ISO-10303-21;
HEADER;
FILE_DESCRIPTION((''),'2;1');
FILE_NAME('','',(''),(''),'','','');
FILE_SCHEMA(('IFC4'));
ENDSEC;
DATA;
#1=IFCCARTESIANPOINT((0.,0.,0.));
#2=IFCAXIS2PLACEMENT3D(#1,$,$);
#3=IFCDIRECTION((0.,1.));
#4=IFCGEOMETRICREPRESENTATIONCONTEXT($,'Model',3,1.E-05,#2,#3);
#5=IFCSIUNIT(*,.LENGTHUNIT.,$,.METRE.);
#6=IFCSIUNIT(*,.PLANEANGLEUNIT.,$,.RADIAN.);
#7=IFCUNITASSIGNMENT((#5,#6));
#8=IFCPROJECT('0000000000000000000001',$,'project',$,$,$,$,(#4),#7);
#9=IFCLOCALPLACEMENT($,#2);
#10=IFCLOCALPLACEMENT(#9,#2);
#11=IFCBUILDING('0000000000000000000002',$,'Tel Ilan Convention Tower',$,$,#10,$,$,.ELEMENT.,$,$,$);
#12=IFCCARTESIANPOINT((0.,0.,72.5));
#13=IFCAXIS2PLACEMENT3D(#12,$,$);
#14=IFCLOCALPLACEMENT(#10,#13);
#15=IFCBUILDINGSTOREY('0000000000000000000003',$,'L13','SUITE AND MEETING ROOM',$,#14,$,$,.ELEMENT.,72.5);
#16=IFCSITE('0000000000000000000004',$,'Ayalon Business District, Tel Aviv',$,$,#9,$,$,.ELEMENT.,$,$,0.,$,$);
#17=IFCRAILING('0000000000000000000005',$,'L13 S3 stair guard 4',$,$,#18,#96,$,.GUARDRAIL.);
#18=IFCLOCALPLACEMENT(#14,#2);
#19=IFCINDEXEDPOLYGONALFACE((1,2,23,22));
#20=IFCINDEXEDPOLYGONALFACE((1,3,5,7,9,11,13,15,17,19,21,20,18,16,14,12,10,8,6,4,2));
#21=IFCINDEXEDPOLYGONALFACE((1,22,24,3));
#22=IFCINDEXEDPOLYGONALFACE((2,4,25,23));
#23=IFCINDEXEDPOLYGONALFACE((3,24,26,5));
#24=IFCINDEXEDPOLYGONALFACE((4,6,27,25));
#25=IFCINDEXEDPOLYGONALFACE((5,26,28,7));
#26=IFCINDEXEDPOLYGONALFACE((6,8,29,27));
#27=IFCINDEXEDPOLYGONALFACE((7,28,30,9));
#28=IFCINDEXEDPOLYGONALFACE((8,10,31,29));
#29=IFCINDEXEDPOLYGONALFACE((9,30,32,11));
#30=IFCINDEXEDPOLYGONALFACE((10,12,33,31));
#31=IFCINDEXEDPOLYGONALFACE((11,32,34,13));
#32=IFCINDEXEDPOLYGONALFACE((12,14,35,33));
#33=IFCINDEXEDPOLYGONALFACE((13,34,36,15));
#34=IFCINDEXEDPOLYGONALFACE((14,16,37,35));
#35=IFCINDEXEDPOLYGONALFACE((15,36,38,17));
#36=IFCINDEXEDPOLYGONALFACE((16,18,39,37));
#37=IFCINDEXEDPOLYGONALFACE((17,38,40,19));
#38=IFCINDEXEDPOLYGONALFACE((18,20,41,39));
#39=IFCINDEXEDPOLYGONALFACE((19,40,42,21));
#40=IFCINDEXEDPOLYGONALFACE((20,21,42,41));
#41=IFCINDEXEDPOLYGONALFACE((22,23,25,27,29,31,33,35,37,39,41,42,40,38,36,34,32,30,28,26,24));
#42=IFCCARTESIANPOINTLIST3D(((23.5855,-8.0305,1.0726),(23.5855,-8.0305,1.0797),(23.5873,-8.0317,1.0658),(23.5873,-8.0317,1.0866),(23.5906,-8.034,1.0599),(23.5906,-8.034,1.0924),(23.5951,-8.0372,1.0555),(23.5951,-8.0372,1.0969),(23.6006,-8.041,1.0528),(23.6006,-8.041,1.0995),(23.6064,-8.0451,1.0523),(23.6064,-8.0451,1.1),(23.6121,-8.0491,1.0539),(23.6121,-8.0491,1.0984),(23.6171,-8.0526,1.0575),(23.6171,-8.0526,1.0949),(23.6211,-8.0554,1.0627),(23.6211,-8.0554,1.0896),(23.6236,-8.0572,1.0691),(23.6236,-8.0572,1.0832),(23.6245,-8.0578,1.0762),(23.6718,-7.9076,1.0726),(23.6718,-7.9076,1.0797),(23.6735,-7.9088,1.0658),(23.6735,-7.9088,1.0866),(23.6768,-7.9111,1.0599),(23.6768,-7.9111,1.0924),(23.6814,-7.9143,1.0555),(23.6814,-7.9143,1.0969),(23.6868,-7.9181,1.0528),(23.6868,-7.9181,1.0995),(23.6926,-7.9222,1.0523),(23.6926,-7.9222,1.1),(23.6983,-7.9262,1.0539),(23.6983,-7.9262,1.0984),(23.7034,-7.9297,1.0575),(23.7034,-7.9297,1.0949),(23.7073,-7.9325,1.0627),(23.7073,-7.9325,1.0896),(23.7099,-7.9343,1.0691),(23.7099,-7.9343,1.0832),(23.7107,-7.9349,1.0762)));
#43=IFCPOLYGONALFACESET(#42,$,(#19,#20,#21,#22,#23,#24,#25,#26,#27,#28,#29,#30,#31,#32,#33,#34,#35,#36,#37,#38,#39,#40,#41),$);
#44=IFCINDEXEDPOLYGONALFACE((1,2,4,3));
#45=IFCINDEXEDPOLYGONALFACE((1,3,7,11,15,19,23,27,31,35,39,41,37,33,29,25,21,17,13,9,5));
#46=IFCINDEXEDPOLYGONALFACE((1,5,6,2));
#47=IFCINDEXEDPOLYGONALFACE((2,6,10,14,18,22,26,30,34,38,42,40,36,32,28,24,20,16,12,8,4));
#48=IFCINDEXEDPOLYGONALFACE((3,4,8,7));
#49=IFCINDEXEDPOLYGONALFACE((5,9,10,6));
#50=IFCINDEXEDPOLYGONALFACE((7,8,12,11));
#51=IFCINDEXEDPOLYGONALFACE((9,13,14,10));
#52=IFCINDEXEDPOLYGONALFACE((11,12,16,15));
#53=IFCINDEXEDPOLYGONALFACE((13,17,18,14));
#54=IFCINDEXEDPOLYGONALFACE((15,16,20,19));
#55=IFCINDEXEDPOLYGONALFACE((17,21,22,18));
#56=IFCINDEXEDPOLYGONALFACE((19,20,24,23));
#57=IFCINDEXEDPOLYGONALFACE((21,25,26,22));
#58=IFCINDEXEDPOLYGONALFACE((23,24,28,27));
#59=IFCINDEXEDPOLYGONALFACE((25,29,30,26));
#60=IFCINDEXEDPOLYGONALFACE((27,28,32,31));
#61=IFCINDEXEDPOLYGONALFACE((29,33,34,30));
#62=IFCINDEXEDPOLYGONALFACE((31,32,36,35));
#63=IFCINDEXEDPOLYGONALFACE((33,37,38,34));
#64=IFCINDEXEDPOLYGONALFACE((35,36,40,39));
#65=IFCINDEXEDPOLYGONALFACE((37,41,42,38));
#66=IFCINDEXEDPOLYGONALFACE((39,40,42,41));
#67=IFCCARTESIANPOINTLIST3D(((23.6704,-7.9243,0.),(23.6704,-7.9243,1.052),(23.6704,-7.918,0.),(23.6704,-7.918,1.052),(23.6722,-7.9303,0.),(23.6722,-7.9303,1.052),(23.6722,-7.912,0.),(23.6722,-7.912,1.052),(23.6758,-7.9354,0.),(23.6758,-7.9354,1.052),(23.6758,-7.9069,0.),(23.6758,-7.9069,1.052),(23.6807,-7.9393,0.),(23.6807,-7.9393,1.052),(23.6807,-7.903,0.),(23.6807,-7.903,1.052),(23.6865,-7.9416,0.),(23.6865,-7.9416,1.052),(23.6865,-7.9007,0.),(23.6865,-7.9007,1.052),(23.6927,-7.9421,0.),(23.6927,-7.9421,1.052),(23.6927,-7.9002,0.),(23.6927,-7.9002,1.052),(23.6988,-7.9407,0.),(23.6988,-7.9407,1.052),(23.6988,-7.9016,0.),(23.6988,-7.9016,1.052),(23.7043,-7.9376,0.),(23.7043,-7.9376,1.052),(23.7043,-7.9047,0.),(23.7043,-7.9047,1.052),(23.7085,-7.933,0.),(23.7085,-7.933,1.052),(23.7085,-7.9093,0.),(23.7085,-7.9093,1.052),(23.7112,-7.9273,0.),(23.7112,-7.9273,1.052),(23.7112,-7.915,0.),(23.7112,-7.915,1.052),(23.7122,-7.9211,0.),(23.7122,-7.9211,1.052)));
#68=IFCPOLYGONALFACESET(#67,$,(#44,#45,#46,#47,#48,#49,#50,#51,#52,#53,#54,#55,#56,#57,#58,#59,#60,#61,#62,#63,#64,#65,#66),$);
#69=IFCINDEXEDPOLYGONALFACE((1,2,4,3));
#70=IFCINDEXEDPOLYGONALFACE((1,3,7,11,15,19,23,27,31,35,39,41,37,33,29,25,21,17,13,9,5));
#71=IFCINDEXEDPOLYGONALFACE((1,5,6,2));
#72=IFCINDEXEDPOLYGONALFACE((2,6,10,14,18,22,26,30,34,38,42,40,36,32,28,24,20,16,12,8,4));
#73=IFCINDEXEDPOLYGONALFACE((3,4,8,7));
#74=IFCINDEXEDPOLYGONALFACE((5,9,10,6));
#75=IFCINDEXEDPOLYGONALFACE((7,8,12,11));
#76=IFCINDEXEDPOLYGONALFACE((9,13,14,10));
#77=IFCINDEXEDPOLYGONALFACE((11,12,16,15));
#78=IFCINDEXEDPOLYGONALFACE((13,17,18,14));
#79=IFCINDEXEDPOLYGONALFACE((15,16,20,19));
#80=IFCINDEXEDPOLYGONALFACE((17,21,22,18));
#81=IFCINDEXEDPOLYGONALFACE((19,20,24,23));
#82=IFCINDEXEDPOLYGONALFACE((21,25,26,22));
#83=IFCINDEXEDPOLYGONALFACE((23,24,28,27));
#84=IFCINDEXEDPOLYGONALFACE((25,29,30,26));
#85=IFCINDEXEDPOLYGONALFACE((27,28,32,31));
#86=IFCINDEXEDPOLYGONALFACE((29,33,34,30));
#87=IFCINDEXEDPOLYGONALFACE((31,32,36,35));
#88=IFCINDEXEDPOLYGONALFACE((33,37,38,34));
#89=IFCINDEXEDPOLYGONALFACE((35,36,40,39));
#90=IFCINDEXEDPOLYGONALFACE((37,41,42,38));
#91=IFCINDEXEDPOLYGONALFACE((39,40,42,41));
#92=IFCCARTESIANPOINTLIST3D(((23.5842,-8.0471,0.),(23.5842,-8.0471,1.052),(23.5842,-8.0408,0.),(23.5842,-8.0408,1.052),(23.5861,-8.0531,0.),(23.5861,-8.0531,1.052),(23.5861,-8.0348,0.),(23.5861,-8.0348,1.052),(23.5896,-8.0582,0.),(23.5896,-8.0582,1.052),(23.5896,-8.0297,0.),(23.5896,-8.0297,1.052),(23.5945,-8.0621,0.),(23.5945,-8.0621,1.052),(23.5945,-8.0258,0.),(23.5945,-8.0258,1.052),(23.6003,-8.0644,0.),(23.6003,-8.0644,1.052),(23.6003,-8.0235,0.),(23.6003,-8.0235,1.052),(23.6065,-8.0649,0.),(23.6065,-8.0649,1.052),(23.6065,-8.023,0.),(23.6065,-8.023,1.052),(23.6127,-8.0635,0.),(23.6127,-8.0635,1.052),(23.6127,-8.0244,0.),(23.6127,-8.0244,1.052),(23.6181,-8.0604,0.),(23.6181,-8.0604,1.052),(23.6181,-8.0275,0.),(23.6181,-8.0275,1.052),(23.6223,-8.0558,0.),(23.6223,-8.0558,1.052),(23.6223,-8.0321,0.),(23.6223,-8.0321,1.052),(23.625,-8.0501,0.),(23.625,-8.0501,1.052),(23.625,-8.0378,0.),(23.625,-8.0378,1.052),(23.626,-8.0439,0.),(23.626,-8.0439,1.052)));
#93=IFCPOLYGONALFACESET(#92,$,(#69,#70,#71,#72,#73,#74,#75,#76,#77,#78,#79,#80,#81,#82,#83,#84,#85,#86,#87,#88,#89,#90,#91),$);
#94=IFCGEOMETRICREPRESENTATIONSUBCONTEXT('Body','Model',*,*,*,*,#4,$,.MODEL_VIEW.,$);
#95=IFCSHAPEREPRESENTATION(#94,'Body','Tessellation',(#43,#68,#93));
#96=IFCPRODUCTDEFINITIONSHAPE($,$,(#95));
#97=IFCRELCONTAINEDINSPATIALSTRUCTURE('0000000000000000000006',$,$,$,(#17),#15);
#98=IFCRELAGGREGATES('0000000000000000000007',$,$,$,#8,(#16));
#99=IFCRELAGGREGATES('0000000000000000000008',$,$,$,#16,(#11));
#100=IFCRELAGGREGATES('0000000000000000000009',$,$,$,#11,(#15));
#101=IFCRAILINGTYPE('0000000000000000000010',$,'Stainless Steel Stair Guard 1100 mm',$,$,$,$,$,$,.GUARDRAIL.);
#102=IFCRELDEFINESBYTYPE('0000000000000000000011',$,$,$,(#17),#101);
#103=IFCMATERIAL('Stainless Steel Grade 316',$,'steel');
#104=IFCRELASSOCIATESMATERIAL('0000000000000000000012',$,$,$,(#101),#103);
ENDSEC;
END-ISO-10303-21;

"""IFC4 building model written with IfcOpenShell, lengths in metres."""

from ifc_helpers import new_model, si_unit, direction, frame, origin, origin_2d, place, context, subcontext, project, spatial, circle, extrude, material, type_object, element, save


model = new_model("IFC4")

# Units and contexts
model_context = context("Model", 3, precision=1e-05, world=origin(), true_north=direction((0.0, 1.0)))
body_context = subcontext(model_context, "Body", "Model", "MODEL_VIEW")
ifc_project = project(units=[si_unit("LENGTHUNIT", "METRE"), si_unit("PLANEANGLEUNIT", "RADIAN")], contexts=[model_context])

# Site, building, storey
site_placement = place(None, origin())
site = spatial("IfcSite", under=ifc_project, at=site_placement, Name="Ayalon Business District, Tel Aviv", CompositionType="ELEMENT", RefElevation=0.0)
building_placement = place(site_placement, origin())
building = spatial("IfcBuilding", under=site, at=building_placement, Name="Tel Ilan Convention Tower", CompositionType="ELEMENT")
storey_placement = place(building_placement, frame((0.0, 0.0, 72.5)))
storey = spatial("IfcBuildingStorey", under=building, at=storey_placement, Name="L13", Description="SUITE AND MEETING ROOM", CompositionType="ELEMENT", Elevation=72.5)

# Railing
ifc_material_1 = material(Name="Stainless Steel Grade 316", Category="steel")
railing_type_1 = type_object("IfcRailingType", Name="Stainless Steel Stair Guard 1100 mm", PredefinedType="GUARDRAIL", material=ifc_material_1)
railing_1_placement = place(storey_placement, frame((23.6912, -7.9211, 0.0)))
element("IfcRailing", 1, at=railing_1_placement, inside=storey, type_object=railing_type_1, Name="L13 S3 stair guard 4", PredefinedType="GUARDRAIL", context=body_context, shape_type="SweptSolid", body=[
    extrude(circle(Radius=0.0239, at=origin_2d()), frame((0.0, 0.0, 1.0762), z_axis=(-0.574445, -0.818543, 0.0), x_axis=(0.818543, -0.574445, 0.0)), (0.0, 0.0, 1.0), 0.1501),
    extrude(circle(Radius=0.021, at=origin_2d()), origin(), (0.0, 0.0, 1.0), 1.052),
    extrude(circle(Radius=0.021, at=origin_2d()), frame((-0.0862, -0.1228, 0.0)), (0.0, 0.0, 1.0), 1.052),
])

save(model, "model.ifc")
